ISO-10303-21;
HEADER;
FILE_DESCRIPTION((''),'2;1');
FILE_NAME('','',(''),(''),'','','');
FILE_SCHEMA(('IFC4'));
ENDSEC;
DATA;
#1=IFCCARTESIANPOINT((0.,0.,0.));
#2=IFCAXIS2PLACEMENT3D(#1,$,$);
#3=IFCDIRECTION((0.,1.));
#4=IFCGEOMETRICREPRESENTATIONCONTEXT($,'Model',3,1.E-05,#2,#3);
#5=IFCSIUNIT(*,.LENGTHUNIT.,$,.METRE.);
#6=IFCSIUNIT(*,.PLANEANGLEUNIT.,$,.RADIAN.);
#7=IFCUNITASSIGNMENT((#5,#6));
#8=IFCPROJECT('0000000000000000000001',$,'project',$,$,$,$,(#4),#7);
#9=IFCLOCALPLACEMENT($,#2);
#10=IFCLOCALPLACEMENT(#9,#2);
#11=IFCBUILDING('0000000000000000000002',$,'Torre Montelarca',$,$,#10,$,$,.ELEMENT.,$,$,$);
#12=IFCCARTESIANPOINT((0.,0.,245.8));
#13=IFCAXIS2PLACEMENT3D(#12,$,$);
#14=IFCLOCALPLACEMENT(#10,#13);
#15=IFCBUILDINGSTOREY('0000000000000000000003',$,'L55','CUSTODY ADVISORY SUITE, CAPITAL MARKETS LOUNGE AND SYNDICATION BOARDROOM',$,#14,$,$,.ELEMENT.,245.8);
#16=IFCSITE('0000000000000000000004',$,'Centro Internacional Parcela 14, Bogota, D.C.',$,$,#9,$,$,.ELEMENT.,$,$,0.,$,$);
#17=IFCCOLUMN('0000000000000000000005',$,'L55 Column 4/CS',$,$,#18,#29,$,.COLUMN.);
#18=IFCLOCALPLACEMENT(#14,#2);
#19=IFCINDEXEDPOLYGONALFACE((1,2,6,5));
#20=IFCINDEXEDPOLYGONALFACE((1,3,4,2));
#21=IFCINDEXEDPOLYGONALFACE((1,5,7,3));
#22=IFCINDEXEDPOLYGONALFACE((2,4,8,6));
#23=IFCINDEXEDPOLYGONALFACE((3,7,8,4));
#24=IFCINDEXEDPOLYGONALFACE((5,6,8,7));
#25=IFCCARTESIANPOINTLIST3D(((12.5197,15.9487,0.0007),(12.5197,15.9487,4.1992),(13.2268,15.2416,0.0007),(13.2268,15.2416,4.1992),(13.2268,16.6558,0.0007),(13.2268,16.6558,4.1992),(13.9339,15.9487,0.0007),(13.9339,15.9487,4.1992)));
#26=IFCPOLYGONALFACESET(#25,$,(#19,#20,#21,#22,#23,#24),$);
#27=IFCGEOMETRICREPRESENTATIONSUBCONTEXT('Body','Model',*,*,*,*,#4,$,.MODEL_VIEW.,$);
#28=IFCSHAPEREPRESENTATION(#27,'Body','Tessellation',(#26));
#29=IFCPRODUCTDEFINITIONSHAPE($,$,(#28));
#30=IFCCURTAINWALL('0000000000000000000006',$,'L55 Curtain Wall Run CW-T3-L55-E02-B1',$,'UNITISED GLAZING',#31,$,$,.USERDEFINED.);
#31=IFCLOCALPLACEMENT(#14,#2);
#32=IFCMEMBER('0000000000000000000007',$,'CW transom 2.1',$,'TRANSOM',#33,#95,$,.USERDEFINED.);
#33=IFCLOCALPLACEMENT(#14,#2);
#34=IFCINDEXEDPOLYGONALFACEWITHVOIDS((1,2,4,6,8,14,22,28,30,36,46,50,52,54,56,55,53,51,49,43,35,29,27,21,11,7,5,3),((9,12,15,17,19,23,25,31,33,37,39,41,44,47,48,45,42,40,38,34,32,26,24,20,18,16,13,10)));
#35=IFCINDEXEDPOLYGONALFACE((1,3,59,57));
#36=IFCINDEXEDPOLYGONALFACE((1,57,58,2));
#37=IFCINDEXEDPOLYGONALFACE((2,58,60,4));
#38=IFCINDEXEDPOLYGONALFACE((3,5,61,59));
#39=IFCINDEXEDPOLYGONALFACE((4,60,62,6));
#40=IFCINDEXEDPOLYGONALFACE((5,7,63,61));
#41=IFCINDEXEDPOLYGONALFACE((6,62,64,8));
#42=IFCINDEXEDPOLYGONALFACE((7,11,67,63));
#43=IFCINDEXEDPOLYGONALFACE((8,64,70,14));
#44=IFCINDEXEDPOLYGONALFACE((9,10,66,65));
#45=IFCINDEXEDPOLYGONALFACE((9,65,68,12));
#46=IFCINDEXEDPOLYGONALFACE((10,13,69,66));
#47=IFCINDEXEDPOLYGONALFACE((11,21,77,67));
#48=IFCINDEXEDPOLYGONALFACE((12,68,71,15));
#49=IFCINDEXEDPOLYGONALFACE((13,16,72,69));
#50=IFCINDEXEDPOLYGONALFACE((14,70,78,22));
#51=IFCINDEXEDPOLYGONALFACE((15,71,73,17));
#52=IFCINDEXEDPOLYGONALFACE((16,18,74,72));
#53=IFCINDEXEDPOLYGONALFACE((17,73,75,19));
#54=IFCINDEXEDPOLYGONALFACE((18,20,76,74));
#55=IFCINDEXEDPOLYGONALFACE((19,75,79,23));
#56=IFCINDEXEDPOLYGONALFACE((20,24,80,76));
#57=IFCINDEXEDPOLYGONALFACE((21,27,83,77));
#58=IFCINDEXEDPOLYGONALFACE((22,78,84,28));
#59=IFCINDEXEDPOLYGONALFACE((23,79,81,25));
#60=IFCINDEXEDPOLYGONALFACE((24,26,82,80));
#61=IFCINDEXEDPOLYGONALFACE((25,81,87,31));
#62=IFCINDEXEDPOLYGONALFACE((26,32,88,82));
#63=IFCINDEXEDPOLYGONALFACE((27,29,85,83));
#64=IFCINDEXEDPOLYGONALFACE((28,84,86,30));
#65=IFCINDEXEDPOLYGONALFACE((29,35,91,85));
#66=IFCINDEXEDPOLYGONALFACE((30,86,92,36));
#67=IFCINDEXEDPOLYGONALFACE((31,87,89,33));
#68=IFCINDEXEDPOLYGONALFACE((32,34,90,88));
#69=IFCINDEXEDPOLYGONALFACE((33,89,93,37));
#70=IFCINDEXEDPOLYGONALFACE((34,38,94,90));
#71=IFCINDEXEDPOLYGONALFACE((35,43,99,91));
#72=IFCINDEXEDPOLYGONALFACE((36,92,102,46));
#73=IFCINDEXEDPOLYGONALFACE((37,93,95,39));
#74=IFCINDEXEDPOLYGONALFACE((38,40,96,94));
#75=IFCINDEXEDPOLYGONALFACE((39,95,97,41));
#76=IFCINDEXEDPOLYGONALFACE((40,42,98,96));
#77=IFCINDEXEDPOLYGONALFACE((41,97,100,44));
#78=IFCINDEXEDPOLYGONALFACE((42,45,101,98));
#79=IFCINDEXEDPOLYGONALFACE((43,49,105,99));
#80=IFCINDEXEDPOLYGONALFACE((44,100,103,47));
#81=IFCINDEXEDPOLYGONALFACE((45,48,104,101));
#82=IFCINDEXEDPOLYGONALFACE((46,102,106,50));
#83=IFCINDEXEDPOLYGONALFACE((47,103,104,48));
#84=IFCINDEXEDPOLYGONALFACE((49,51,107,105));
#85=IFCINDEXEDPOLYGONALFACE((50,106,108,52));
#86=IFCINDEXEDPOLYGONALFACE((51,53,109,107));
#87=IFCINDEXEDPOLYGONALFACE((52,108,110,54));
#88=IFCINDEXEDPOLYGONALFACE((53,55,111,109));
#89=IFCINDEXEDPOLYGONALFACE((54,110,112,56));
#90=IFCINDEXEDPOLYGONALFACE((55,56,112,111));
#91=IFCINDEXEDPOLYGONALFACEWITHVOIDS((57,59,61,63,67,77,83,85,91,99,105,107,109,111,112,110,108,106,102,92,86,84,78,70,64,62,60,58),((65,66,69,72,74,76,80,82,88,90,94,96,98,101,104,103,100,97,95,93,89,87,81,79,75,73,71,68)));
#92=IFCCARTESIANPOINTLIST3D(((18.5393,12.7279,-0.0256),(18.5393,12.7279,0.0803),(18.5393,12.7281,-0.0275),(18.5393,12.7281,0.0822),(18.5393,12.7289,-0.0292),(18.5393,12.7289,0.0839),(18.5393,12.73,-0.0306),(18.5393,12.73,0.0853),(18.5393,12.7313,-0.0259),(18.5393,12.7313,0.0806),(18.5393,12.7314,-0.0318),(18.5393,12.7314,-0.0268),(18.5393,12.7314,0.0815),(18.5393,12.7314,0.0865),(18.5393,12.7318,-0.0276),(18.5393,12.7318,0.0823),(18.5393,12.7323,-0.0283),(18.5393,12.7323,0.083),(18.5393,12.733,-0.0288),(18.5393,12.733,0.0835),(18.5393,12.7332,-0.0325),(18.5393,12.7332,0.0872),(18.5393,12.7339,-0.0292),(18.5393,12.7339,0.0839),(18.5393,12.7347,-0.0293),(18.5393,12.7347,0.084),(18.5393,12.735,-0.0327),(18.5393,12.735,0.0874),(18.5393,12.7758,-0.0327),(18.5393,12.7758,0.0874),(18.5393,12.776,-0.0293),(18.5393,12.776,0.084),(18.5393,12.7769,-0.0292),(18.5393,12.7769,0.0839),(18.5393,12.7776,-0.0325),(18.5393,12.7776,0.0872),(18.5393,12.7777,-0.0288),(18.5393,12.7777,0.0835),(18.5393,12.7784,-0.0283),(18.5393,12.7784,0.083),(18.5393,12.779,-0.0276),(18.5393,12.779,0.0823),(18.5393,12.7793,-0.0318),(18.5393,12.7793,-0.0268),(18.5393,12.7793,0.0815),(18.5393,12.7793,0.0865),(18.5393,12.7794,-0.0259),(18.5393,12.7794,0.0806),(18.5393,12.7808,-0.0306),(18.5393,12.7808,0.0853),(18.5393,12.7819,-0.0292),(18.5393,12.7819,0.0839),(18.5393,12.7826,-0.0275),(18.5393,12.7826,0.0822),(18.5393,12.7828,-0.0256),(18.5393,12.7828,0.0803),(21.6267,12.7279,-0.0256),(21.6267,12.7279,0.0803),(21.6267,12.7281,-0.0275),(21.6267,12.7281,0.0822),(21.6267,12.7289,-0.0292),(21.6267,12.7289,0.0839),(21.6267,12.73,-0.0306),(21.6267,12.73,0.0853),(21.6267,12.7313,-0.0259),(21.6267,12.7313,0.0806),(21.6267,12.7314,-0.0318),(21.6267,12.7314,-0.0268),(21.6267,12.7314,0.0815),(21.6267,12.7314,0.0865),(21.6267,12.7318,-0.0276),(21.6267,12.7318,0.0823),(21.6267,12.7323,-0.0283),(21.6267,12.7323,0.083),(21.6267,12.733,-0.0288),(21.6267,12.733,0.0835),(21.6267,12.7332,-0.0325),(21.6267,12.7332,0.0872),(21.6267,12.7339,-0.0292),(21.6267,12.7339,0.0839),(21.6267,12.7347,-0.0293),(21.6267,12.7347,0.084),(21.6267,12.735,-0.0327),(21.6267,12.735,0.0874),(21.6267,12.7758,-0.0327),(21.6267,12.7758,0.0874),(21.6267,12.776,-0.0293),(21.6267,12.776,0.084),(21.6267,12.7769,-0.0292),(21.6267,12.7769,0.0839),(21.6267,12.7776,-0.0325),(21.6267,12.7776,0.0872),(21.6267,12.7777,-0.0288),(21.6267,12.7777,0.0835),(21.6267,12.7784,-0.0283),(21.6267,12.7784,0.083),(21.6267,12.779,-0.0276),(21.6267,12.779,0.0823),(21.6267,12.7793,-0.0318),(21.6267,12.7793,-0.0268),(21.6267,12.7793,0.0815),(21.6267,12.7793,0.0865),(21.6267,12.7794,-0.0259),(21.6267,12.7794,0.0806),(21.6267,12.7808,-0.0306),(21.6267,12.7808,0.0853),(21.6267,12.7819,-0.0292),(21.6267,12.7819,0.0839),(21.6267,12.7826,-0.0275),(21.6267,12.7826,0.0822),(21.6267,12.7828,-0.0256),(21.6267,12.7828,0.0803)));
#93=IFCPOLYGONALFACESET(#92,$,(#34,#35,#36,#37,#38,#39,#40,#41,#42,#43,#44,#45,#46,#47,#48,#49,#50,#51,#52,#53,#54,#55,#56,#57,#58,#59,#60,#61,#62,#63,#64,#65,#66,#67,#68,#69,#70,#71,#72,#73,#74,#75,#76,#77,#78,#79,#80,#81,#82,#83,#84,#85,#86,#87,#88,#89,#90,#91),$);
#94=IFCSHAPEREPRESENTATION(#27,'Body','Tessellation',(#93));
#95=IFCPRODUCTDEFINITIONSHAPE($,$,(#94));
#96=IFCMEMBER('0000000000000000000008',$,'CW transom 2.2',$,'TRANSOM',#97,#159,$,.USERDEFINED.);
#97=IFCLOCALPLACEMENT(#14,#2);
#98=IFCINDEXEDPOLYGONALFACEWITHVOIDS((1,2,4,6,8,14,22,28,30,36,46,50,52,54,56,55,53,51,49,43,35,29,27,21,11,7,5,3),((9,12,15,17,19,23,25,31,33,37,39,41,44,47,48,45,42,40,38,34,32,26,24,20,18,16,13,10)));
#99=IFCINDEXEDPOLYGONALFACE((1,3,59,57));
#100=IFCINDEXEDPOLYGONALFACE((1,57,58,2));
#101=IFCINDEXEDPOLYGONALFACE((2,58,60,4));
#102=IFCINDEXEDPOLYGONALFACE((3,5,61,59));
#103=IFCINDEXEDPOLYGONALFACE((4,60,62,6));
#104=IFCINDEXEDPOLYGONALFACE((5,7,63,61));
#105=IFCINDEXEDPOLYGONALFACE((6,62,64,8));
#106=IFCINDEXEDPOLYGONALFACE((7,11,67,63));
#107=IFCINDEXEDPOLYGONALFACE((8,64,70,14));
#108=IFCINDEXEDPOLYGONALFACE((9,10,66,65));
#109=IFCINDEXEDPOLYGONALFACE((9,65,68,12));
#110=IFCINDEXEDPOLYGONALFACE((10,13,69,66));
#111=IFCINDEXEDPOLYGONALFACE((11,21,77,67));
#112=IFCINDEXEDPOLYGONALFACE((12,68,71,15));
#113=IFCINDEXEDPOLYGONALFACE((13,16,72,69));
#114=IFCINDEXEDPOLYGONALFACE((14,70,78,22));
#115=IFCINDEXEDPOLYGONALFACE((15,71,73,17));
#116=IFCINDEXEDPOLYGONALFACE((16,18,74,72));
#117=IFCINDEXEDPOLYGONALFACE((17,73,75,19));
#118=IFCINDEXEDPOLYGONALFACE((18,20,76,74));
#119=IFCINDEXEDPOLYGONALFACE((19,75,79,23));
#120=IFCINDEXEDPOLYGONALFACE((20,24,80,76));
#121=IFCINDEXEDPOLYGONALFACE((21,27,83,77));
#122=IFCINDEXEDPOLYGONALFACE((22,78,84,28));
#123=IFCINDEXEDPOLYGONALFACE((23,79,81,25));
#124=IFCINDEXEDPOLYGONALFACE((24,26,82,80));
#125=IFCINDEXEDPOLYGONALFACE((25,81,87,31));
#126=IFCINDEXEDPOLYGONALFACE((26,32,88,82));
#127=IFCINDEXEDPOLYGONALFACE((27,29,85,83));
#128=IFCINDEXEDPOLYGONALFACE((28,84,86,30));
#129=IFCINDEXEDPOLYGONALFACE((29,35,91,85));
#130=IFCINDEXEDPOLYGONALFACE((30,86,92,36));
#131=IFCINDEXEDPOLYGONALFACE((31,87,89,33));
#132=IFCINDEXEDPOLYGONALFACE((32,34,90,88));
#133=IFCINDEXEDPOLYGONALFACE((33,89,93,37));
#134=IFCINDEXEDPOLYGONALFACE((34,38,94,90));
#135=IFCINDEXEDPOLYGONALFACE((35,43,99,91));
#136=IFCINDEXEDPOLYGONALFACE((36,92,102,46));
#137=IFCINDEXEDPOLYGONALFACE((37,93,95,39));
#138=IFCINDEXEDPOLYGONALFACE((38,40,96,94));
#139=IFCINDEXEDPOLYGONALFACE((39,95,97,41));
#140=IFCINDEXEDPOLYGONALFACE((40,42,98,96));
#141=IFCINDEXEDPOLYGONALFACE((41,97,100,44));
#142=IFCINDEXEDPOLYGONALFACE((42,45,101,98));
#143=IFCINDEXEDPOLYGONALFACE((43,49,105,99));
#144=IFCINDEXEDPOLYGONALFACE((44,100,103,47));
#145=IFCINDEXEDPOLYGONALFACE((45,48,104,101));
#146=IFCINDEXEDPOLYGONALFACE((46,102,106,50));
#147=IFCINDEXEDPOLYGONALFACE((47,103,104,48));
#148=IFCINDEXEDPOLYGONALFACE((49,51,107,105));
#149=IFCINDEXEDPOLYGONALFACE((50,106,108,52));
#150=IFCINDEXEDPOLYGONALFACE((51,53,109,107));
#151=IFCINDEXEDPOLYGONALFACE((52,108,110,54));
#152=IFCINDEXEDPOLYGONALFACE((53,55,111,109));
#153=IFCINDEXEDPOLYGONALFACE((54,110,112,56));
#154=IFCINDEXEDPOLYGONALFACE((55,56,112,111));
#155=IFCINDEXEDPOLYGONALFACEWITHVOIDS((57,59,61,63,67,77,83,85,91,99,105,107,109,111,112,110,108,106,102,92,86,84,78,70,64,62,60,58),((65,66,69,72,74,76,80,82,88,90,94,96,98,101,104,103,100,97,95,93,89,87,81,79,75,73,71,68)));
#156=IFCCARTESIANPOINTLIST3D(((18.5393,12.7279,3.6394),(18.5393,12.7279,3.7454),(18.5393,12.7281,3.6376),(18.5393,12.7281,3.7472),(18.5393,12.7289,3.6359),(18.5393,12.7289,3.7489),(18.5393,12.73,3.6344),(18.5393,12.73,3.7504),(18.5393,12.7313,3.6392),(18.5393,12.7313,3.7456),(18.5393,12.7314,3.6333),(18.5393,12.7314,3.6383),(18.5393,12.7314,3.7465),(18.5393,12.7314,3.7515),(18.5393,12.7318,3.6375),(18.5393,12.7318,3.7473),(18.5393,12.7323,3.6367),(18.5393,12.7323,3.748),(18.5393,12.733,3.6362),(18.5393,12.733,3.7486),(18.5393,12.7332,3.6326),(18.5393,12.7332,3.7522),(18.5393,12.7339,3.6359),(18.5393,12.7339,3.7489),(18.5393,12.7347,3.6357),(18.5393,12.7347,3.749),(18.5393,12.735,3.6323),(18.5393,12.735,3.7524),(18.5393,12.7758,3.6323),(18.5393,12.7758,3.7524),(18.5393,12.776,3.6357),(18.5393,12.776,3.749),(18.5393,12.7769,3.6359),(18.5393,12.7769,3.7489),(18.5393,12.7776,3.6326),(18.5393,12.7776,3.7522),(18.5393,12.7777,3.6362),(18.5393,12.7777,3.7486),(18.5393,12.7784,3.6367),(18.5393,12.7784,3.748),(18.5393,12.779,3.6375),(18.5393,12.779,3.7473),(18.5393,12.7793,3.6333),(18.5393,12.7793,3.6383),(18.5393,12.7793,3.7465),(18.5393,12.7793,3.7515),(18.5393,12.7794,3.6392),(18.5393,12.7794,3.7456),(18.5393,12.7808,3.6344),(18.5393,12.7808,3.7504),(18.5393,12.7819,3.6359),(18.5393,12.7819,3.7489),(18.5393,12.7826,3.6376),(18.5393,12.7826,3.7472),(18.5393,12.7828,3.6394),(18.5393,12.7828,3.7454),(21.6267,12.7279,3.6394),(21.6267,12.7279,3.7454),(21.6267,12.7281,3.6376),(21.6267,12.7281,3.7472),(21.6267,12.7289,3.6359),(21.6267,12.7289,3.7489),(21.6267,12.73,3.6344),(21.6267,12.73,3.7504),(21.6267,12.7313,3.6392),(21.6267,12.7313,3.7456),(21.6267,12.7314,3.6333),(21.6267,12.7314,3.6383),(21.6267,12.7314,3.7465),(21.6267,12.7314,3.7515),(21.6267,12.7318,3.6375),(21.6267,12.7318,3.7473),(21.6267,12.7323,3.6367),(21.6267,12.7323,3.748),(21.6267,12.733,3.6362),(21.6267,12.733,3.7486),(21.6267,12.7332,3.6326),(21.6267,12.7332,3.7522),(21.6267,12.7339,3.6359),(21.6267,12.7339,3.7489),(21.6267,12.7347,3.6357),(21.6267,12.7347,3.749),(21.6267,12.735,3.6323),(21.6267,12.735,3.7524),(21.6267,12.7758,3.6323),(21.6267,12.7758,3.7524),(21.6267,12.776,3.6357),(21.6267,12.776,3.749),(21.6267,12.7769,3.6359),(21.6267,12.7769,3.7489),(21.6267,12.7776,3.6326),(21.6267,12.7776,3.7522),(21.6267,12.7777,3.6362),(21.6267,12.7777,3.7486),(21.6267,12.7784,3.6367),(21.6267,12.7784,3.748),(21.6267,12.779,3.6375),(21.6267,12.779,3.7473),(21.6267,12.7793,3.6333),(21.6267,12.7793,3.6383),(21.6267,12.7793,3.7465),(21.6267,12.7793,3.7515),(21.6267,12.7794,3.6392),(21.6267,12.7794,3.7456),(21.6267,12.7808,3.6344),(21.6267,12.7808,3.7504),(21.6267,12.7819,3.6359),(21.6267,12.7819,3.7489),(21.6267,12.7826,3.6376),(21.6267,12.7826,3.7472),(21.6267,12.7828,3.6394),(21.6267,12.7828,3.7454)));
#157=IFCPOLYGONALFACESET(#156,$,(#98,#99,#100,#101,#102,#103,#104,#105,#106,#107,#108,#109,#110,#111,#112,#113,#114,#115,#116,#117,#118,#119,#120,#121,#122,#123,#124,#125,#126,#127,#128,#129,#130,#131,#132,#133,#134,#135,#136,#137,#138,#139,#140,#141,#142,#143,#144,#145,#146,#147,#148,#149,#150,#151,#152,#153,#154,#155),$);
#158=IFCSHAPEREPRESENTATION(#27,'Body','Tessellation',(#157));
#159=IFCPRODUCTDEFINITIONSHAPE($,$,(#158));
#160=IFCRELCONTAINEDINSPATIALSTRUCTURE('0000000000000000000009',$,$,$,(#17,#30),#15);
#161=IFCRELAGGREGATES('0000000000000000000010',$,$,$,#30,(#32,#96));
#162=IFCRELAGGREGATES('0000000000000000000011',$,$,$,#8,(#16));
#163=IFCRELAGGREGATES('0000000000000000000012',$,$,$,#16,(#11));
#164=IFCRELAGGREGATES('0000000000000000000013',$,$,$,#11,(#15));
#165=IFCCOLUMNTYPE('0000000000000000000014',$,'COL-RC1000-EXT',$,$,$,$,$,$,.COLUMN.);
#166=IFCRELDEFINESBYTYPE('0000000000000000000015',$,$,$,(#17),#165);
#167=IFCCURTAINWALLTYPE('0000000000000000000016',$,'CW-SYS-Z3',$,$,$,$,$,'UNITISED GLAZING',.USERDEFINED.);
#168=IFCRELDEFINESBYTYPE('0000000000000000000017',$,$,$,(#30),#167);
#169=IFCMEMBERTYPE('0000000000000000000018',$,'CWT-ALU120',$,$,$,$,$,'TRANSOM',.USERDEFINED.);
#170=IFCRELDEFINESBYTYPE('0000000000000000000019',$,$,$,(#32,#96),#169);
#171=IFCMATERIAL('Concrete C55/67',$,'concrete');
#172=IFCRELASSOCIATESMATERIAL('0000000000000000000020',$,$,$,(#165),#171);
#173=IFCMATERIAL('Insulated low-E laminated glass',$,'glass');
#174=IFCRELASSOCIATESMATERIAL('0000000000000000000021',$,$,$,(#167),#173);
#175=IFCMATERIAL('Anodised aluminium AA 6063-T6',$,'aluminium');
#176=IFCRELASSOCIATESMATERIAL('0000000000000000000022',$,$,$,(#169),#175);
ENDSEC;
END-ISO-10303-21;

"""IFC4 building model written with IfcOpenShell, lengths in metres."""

from ifc_helpers import new_model, si_unit, direction, frame, origin, origin_2d, place, context, subcontext, project, spatial, rectangle, hollow_rectangle, extrude, source, transform, mapped, material, material_profile, profile_set, type_object, element, aggregate, save


model = new_model("IFC4")

# Units and contexts
model_context = context("Model", 3, precision=1e-05, world=origin(), true_north=direction((0.0, 1.0)))
body_context = subcontext(model_context, "Body", "Model", "MODEL_VIEW")
ifc_project = project(units=[si_unit("LENGTHUNIT", "METRE"), si_unit("PLANEANGLEUNIT", "RADIAN")], contexts=[model_context])

# Site, building, storey
site_placement = place(None, origin())
site = spatial("IfcSite", under=ifc_project, at=site_placement, Name="Centro Internacional Parcela 14, Bogota, D.C.", CompositionType="ELEMENT", RefElevation=0.0)
building_placement = place(site_placement, origin())
building = spatial("IfcBuilding", under=site, at=building_placement, Name="Torre Montelarca", CompositionType="ELEMENT")
storey_placement = place(building_placement, frame((0.0, 0.0, 245.8)))
storey = spatial("IfcBuildingStorey", under=building, at=storey_placement, Name="L55", Description="CUSTODY ADVISORY SUITE, CAPITAL MARKETS LOUNGE AND SYNDICATION BOARDROOM", CompositionType="ELEMENT", Elevation=245.8)

# Column
ifc_material_1 = material(Name="Concrete C55/67", Category="concrete")
ifc_material_profile_1 = material_profile(ifc_material_1, rectangle(XDim=1.0, YDim=1.0, at=origin_2d()), Name="RC1000X1000", Category="concrete")
ifc_profile_set_1 = profile_set([ifc_material_profile_1], Name="Concrete C55/67")
column_type = type_object("IfcColumnType", Name="COL-RC1000-EXT", PredefinedType="COLUMN", material=ifc_profile_set_1)
shared_shape_1 = source(origin(), body_context, "Body", "SweptSolid", [
    extrude(rectangle(XDim=1.0, YDim=1.0, at=origin_2d()), origin(), (0.0, 0.0, 1.0), 4.1985),
])
column_placement = place(storey_placement, frame((13.2268, 15.9487, 0.0007), z_axis=(0.0, 0.0, 1.0), x_axis=(-0.707107, 0.707107, 0.0)))
element("IfcColumn", 1, at=column_placement, inside=storey, type_object=column_type, Name="L55 Column 4/CS", PredefinedType="COLUMN", context=body_context, shape_type="MappedRepresentation", body=[
    mapped(shared_shape_1, transform((0.0, 0.0, 0.0), scale=1.0)),
])

# Curtain wall, members
ifc_material_2 = material(Name="Insulated low-E laminated glass", Category="glass")
curtain_wall_type = type_object("IfcCurtainWallType", Name="CW-SYS-Z3", ElementType="UNITISED GLAZING", PredefinedType="USERDEFINED", material=ifc_material_2)
curtain_wall_1_placement = place(storey_placement, origin())
curtain_wall_1 = element("IfcCurtainWall", 2, at=curtain_wall_1_placement, inside=storey, type_object=curtain_wall_type, Name="L55 Curtain Wall Run CW-T3-L55-E02-B1", ObjectType="UNITISED GLAZING", PredefinedType="USERDEFINED")
ifc_material_3 = material(Name="Anodised aluminium AA 6063-T6", Category="aluminium")
ifc_material_profile_2 = material_profile(ifc_material_3, hollow_rectangle(XDim=0.0549, YDim=0.1201, WallThickness=0.0034, InnerFilletRadius=0.0034, OuterFilletRadius=0.0071, at=origin_2d()), Name="ALU55X120X3.5", Category="aluminium")
ifc_profile_set_2 = profile_set([ifc_material_profile_2], Name="Anodised aluminium AA 6063-T6")
member_type_1 = type_object("IfcMemberType", Name="CWT-ALU120", ElementType="TRANSOM", PredefinedType="USERDEFINED", material=ifc_profile_set_2)
shared_shape_2 = source(origin(), body_context, "Body", "SweptSolid", [
    extrude(hollow_rectangle(XDim=0.0549, YDim=0.1201, WallThickness=0.0034, InnerFilletRadius=0.0034, OuterFilletRadius=0.0071, at=origin_2d()), origin(), (0.0, 0.0, 1.0), 3.0874),
])
member_1_placement = place(storey_placement, frame((18.5393, 12.7554, 0.0273), z_axis=(1.0, 0.0, 0.0), x_axis=(0.0, 1.0, 0.0)))
member_1 = element("IfcMember", 3, at=member_1_placement, type_object=member_type_1, Name="CW transom 2.1", ObjectType="TRANSOM", PredefinedType="USERDEFINED", context=body_context, shape_type="MappedRepresentation", body=[
    mapped(shared_shape_2, transform((0.0, 0.0, 0.0), scale=1.0)),
])
member_2_placement = place(storey_placement, frame((18.5393, 12.7554, 3.6924), z_axis=(1.0, 0.0, 0.0), x_axis=(0.0, 1.0, 0.0)))
member_2 = element("IfcMember", 4, at=member_2_placement, type_object=member_type_1, Name="CW transom 2.2", ObjectType="TRANSOM", PredefinedType="USERDEFINED", context=body_context, shape_type="MappedRepresentation", body=[
    mapped(shared_shape_2, transform((0.0, 0.0, 0.0), scale=1.0)),
])

aggregate(curtain_wall_1, [member_1, member_2])

save(model, "model.ifc")
